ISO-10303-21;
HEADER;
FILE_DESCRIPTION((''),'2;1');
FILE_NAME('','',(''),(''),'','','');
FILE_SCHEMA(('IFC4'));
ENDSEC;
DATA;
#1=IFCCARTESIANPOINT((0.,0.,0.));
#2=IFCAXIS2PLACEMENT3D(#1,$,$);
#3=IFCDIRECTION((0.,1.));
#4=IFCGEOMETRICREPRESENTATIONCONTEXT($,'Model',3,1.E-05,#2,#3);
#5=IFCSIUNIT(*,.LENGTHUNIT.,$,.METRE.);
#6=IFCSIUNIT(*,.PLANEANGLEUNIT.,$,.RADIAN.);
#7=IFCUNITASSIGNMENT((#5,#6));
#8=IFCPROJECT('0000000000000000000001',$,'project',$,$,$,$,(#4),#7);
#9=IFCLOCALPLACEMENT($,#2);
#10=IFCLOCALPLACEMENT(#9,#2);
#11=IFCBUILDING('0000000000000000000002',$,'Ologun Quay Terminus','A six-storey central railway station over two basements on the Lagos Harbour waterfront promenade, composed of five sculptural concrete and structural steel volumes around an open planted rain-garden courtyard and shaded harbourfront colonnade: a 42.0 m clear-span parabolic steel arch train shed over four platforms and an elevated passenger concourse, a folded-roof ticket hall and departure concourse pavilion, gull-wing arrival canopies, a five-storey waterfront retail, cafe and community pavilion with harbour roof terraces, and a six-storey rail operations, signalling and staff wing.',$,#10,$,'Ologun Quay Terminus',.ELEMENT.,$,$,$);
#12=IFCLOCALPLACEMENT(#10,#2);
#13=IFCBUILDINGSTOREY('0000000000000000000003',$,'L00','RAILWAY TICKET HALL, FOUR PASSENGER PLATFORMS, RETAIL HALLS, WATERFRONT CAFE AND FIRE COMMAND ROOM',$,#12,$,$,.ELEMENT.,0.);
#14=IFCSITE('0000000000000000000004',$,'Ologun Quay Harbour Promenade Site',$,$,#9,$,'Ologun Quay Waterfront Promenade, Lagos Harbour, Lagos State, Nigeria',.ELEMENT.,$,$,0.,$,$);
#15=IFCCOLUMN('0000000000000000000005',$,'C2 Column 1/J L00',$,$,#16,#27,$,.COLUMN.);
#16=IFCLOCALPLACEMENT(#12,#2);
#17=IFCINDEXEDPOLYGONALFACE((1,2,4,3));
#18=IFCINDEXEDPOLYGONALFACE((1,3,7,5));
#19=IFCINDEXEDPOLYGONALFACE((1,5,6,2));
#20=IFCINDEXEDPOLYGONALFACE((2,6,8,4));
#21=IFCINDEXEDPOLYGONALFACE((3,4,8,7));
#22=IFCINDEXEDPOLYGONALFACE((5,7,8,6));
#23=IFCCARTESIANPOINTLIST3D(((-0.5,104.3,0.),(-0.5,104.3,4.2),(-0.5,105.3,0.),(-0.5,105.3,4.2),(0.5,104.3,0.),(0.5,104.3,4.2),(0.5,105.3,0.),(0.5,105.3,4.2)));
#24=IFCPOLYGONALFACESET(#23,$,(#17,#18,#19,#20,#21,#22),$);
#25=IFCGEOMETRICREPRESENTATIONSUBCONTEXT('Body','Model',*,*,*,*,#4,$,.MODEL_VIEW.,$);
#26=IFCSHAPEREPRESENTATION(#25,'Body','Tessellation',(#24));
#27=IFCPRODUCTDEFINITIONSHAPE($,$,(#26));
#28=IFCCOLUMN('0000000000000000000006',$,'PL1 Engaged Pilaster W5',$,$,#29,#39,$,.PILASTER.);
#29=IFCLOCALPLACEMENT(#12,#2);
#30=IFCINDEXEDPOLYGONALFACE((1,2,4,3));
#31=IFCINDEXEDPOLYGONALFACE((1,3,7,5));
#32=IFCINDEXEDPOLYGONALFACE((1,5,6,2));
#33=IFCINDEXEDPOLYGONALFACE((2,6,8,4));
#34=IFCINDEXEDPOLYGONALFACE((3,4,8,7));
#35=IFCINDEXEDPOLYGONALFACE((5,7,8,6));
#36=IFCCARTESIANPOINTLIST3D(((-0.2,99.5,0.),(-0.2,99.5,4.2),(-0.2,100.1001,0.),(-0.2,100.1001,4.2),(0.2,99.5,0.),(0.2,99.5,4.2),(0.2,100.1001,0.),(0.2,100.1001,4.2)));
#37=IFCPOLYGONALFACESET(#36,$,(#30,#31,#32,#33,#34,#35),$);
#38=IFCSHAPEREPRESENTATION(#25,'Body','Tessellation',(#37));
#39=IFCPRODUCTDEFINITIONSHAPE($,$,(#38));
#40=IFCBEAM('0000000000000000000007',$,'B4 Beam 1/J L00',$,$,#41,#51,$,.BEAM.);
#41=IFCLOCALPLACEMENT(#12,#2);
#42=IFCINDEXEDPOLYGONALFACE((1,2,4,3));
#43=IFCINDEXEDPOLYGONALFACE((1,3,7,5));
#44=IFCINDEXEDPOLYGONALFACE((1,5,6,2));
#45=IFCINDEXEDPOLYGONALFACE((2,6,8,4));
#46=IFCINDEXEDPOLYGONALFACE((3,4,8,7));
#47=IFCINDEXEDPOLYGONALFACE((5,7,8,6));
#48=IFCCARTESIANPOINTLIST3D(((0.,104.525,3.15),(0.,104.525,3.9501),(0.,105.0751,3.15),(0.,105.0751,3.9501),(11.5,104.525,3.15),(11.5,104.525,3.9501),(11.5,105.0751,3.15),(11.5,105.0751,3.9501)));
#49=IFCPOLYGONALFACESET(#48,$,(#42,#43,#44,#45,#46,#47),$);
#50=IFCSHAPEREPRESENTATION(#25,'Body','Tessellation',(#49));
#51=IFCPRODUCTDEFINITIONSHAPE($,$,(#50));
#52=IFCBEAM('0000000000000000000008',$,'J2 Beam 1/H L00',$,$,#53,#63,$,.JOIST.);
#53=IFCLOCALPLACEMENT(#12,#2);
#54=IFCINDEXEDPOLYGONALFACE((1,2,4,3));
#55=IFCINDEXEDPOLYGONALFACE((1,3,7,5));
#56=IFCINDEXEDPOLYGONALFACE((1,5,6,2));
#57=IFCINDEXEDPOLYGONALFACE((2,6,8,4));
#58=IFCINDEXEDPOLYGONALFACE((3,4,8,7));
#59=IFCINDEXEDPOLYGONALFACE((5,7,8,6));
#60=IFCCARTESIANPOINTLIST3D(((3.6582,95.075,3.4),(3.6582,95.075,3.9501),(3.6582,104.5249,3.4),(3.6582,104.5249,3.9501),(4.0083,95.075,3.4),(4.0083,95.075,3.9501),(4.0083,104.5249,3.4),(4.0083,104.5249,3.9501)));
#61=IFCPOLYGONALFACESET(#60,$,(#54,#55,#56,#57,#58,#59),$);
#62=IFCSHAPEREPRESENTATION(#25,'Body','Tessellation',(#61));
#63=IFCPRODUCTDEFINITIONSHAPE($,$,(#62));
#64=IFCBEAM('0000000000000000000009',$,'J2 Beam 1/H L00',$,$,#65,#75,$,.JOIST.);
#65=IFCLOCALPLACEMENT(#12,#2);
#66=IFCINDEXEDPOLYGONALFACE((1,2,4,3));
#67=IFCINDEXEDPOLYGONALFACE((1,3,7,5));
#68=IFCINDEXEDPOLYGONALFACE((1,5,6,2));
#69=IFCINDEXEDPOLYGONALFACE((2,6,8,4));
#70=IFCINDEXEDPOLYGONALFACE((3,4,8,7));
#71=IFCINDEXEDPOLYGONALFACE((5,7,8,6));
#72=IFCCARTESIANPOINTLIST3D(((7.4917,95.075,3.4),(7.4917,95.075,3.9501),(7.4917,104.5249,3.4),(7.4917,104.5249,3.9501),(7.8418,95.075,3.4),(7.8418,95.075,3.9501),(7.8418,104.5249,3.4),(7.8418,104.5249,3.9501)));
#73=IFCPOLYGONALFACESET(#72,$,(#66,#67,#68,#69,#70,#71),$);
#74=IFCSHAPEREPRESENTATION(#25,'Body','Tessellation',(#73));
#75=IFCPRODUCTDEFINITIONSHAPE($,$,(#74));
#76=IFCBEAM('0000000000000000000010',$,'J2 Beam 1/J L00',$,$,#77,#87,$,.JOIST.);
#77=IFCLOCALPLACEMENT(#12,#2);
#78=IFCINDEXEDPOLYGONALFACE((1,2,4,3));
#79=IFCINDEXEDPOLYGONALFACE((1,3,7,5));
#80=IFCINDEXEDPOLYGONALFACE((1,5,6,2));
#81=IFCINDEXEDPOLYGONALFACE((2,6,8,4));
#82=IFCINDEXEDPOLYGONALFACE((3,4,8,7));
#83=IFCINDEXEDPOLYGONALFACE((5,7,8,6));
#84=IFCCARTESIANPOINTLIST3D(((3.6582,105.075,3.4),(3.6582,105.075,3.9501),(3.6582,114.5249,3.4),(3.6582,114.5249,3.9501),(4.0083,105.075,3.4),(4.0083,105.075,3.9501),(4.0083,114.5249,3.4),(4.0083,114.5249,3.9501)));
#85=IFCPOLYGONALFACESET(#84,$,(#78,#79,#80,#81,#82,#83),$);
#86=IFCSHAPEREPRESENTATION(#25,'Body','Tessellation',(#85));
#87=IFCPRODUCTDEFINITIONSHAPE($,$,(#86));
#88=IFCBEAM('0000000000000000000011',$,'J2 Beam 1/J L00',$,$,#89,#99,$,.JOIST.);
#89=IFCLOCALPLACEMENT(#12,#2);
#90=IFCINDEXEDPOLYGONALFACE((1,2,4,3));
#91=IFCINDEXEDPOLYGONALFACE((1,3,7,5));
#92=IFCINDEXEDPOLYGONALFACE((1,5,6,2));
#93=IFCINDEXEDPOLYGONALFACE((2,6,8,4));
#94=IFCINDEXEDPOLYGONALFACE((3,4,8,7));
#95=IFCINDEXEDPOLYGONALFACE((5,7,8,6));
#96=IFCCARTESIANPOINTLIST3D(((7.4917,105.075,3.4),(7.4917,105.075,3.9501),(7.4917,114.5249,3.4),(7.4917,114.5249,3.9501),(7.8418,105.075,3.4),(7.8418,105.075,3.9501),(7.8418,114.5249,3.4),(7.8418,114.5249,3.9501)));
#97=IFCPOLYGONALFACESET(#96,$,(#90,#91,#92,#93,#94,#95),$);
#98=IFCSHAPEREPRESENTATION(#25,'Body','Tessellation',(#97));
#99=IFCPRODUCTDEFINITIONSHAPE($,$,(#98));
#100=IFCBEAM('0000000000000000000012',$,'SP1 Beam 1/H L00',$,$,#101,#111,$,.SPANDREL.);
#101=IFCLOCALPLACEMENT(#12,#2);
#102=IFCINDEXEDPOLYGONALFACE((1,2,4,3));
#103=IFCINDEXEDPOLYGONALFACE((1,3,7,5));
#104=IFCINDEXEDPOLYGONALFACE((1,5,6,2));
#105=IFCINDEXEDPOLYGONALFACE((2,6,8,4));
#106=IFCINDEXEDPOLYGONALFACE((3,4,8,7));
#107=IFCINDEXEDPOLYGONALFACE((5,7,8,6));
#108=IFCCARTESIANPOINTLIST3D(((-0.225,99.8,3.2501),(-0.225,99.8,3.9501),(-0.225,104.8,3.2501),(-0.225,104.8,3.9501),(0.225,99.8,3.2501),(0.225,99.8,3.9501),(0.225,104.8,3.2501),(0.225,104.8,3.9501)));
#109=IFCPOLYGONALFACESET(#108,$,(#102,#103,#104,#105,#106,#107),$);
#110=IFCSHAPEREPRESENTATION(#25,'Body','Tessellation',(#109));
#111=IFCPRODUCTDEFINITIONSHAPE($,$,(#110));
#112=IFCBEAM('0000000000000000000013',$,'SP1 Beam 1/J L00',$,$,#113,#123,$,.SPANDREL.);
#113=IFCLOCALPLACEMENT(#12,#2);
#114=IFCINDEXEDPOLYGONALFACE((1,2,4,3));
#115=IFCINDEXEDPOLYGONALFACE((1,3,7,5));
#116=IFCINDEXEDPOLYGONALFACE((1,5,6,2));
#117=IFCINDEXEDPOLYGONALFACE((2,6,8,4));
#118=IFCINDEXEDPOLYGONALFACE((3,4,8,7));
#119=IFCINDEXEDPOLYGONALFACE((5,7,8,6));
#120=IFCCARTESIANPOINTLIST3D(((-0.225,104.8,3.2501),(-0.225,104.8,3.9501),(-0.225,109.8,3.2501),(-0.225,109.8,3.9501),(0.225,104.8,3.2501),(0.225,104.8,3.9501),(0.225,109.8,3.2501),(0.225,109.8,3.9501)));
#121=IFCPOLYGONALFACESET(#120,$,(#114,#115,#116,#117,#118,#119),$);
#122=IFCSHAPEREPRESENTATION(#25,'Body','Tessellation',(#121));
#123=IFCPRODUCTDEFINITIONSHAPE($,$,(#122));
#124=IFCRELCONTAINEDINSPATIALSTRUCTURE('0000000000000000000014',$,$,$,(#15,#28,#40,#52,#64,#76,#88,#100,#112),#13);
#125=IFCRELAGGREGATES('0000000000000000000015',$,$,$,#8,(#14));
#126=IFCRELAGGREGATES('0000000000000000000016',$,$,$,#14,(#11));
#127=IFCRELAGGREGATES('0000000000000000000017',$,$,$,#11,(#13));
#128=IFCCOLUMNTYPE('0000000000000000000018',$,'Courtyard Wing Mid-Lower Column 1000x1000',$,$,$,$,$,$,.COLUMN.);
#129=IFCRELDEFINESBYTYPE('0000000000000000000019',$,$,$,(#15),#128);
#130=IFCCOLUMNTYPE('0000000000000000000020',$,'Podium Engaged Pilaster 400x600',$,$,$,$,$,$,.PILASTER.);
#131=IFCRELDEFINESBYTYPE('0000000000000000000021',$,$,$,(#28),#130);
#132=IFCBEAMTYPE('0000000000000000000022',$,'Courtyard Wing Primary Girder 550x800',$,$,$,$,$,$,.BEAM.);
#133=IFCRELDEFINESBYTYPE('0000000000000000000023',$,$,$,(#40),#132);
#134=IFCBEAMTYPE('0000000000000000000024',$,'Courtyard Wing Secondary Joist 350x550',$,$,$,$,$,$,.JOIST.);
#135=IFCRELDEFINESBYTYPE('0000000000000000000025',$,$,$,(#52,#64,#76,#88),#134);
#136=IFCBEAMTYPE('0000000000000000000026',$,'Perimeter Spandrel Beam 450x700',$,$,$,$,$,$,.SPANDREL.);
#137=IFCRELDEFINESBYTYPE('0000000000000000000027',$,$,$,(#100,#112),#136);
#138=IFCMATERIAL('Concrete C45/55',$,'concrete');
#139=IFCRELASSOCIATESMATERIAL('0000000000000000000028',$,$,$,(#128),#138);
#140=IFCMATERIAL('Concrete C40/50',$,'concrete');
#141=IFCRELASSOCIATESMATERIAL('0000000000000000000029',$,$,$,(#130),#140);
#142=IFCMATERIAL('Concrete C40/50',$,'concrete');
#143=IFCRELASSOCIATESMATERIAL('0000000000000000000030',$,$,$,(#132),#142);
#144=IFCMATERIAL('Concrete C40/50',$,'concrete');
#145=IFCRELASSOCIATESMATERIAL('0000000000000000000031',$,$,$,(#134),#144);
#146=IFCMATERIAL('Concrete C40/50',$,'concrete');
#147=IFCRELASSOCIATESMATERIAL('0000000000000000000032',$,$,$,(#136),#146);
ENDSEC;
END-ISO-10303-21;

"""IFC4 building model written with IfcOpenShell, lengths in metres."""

from ifc_helpers import new_model, si_unit, direction, frame, origin, origin_2d, place, context, subcontext, project, spatial, rectangle, extrude, material, material_profile, profile_set, type_object, element, save


model = new_model("IFC4")

# Units and contexts
model_context = context("Model", 3, precision=1e-05, world=origin(), true_north=direction((0.0, 1.0)))
body_context = subcontext(model_context, "Body", "Model", "MODEL_VIEW")
ifc_project = project(units=[si_unit("LENGTHUNIT", "METRE"), si_unit("PLANEANGLEUNIT", "RADIAN")], contexts=[model_context])

# Site, building, storey
site_placement = place(None, origin())
site = spatial("IfcSite", under=ifc_project, at=site_placement, Name="Ologun Quay Harbour Promenade Site", LongName="Ologun Quay Waterfront Promenade, Lagos Harbour, Lagos State, Nigeria", CompositionType="ELEMENT", RefElevation=0.0)
building_placement = place(site_placement, origin())
building = spatial("IfcBuilding", under=site, at=building_placement, Name="Ologun Quay Terminus", Description="A six-storey central railway station over two basements on the Lagos Harbour waterfront promenade, composed of five sculptural concrete and structural steel volumes around an open planted rain-garden courtyard and shaded harbourfront colonnade: a 42.0 m clear-span parabolic steel arch train shed over four platforms and an elevated passenger concourse, a folded-roof ticket hall and departure concourse pavilion, gull-wing arrival canopies, a five-storey waterfront retail, cafe and community pavilion with harbour roof terraces, and a six-storey rail operations, signalling and staff wing.", LongName="Ologun Quay Terminus", CompositionType="ELEMENT")
storey_placement = place(building_placement, origin())
storey = spatial("IfcBuildingStorey", under=building, at=storey_placement, Name="L00", Description="RAILWAY TICKET HALL, FOUR PASSENGER PLATFORMS, RETAIL HALLS, WATERFRONT CAFE AND FIRE COMMAND ROOM", CompositionType="ELEMENT", Elevation=0.0)

# Columns
ifc_material_1 = material(Name="Concrete C45/55", Category="concrete")
ifc_material_profile_1 = material_profile(ifc_material_1, rectangle(XDim=1.0, YDim=1.0, at=origin_2d()), Name="RC 1000x1000")
ifc_profile_set_1 = profile_set([ifc_material_profile_1], Name="Concrete C45/55")
column_type_1 = type_object("IfcColumnType", Name="Courtyard Wing Mid-Lower Column 1000x1000", PredefinedType="COLUMN", material=ifc_profile_set_1)
column_1_placement = place(storey_placement, frame((0.0, 104.8, 0.0), z_axis=(0.0, 0.0, 1.0), x_axis=(1.0, 0.0, 0.0)))
element("IfcColumn", 1, at=column_1_placement, inside=storey, type_object=column_type_1, Name="C2 Column 1/J L00", PredefinedType="COLUMN", context=body_context, shape_type="SweptSolid", body=[
    extrude(rectangle(XDim=1.0, YDim=1.0, at=origin_2d()), origin(), (0.0, 0.0, 1.0), 4.2),
])
ifc_material_2 = material(Name="Concrete C40/50", Category="concrete")
ifc_material_profile_2 = material_profile(ifc_material_2, rectangle(XDim=0.3999, YDim=0.6001, at=origin_2d()), Name="RC 400x600")
ifc_profile_set_2 = profile_set([ifc_material_profile_2], Name="Concrete C40/50")
column_type_2 = type_object("IfcColumnType", Name="Podium Engaged Pilaster 400x600", PredefinedType="PILASTER", material=ifc_profile_set_2)
column_2_placement = place(storey_placement, frame((0.0, 99.8, 0.0), z_axis=(0.0, 0.0, 1.0), x_axis=(1.0, 0.0, 0.0)))
element("IfcColumn", 2, at=column_2_placement, inside=storey, type_object=column_type_2, Name="PL1 Engaged Pilaster W5", PredefinedType="PILASTER", context=body_context, shape_type="SweptSolid", body=[
    extrude(rectangle(XDim=0.3999, YDim=0.6001, at=origin_2d()), origin(), (0.0, 0.0, 1.0), 4.2),
])

# Beams
ifc_material_3 = material(Name="Concrete C40/50", Category="concrete")
ifc_material_profile_3 = material_profile(ifc_material_3, rectangle(XDim=0.55, YDim=0.8, at=origin_2d()), Name="RC 550x800")
ifc_profile_set_3 = profile_set([ifc_material_profile_3], Name="Concrete C40/50")
beam_type_1 = type_object("IfcBeamType", Name="Courtyard Wing Primary Girder 550x800", PredefinedType="BEAM", material=ifc_profile_set_3)
beam_placement = place(storey_placement, frame((0.0, 104.8, 3.55), z_axis=(1.0, 0.0, 0.0), x_axis=(0.0, 1.0, 0.0)))
element("IfcBeam", 3, at=beam_placement, inside=storey, type_object=beam_type_1, Name="B4 Beam 1/J L00", PredefinedType="BEAM", context=body_context, shape_type="SweptSolid", body=[
    extrude(rectangle(XDim=0.55, YDim=0.8, at=origin_2d()), origin(), (0.0, 0.0, 1.0), 11.5),
])
ifc_material_4 = material(Name="Concrete C40/50", Category="concrete")
ifc_material_profile_4 = material_profile(ifc_material_4, rectangle(XDim=0.3501, YDim=0.55, at=origin_2d()), Name="RC 350x550")
ifc_profile_set_4 = profile_set([ifc_material_profile_4], Name="Concrete C40/50")
beam_type_2 = type_object("IfcBeamType", Name="Courtyard Wing Secondary Joist 350x550", PredefinedType="JOIST", material=ifc_profile_set_4)
for number, where, z_axis, x_axis, name in (
    (4, (3.8333, 95.075, 3.675), (0.0, 1.0, 0.0), (-1.0, 0.0, 0.0), "J2 Beam 1/H L00"),
    (5, (7.6667, 95.075, 3.675), (0.0, 1.0, 0.0), (-1.0, 0.0, 0.0), "J2 Beam 1/H L00"),
    (6, (3.8333, 105.075, 3.675), (0.0, 1.0, 0.0), (-1.0, 0.0, 0.0), "J2 Beam 1/J L00"),
    (7, (7.6667, 105.075, 3.675), (0.0, 1.0, 0.0), (-1.0, 0.0, 0.0), "J2 Beam 1/J L00"),
):
    element("IfcBeam", number, at=place(storey_placement, frame(where, z_axis=z_axis, x_axis=x_axis)), inside=storey, type_object=beam_type_2, Name=name, PredefinedType="JOIST", context=body_context, shape_type="SweptSolid", body=[
        extrude(rectangle(XDim=0.3501, YDim=0.55, at=origin_2d()), origin(), (0.0, 0.0, 1.0), 9.45),
    ])
ifc_material_5 = material(Name="Concrete C40/50", Category="concrete")
ifc_material_profile_5 = material_profile(ifc_material_5, rectangle(XDim=0.45, YDim=0.7, at=origin_2d()), Name="RC 450x700")
ifc_profile_set_5 = profile_set([ifc_material_profile_5], Name="Concrete C40/50")
beam_type_3 = type_object("IfcBeamType", Name="Perimeter Spandrel Beam 450x700", PredefinedType="SPANDREL", material=ifc_profile_set_5)
for number, where, z_axis, x_axis, name in (
    (8, (0.0, 99.8, 3.6001), (0.0, 1.0, 0.0), (-1.0, 0.0, 0.0), "SP1 Beam 1/H L00"),
    (9, (0.0, 104.8, 3.6001), (0.0, 1.0, 0.0), (-1.0, 0.0, 0.0), "SP1 Beam 1/J L00"),
):
    element("IfcBeam", number, at=place(storey_placement, frame(where, z_axis=z_axis, x_axis=x_axis)), inside=storey, type_object=beam_type_3, Name=name, PredefinedType="SPANDREL", context=body_context, shape_type="SweptSolid", body=[
        extrude(rectangle(XDim=0.45, YDim=0.7, at=origin_2d()), origin(), (0.0, 0.0, 1.0), 5.0),
    ])

save(model, "model.ifc")
